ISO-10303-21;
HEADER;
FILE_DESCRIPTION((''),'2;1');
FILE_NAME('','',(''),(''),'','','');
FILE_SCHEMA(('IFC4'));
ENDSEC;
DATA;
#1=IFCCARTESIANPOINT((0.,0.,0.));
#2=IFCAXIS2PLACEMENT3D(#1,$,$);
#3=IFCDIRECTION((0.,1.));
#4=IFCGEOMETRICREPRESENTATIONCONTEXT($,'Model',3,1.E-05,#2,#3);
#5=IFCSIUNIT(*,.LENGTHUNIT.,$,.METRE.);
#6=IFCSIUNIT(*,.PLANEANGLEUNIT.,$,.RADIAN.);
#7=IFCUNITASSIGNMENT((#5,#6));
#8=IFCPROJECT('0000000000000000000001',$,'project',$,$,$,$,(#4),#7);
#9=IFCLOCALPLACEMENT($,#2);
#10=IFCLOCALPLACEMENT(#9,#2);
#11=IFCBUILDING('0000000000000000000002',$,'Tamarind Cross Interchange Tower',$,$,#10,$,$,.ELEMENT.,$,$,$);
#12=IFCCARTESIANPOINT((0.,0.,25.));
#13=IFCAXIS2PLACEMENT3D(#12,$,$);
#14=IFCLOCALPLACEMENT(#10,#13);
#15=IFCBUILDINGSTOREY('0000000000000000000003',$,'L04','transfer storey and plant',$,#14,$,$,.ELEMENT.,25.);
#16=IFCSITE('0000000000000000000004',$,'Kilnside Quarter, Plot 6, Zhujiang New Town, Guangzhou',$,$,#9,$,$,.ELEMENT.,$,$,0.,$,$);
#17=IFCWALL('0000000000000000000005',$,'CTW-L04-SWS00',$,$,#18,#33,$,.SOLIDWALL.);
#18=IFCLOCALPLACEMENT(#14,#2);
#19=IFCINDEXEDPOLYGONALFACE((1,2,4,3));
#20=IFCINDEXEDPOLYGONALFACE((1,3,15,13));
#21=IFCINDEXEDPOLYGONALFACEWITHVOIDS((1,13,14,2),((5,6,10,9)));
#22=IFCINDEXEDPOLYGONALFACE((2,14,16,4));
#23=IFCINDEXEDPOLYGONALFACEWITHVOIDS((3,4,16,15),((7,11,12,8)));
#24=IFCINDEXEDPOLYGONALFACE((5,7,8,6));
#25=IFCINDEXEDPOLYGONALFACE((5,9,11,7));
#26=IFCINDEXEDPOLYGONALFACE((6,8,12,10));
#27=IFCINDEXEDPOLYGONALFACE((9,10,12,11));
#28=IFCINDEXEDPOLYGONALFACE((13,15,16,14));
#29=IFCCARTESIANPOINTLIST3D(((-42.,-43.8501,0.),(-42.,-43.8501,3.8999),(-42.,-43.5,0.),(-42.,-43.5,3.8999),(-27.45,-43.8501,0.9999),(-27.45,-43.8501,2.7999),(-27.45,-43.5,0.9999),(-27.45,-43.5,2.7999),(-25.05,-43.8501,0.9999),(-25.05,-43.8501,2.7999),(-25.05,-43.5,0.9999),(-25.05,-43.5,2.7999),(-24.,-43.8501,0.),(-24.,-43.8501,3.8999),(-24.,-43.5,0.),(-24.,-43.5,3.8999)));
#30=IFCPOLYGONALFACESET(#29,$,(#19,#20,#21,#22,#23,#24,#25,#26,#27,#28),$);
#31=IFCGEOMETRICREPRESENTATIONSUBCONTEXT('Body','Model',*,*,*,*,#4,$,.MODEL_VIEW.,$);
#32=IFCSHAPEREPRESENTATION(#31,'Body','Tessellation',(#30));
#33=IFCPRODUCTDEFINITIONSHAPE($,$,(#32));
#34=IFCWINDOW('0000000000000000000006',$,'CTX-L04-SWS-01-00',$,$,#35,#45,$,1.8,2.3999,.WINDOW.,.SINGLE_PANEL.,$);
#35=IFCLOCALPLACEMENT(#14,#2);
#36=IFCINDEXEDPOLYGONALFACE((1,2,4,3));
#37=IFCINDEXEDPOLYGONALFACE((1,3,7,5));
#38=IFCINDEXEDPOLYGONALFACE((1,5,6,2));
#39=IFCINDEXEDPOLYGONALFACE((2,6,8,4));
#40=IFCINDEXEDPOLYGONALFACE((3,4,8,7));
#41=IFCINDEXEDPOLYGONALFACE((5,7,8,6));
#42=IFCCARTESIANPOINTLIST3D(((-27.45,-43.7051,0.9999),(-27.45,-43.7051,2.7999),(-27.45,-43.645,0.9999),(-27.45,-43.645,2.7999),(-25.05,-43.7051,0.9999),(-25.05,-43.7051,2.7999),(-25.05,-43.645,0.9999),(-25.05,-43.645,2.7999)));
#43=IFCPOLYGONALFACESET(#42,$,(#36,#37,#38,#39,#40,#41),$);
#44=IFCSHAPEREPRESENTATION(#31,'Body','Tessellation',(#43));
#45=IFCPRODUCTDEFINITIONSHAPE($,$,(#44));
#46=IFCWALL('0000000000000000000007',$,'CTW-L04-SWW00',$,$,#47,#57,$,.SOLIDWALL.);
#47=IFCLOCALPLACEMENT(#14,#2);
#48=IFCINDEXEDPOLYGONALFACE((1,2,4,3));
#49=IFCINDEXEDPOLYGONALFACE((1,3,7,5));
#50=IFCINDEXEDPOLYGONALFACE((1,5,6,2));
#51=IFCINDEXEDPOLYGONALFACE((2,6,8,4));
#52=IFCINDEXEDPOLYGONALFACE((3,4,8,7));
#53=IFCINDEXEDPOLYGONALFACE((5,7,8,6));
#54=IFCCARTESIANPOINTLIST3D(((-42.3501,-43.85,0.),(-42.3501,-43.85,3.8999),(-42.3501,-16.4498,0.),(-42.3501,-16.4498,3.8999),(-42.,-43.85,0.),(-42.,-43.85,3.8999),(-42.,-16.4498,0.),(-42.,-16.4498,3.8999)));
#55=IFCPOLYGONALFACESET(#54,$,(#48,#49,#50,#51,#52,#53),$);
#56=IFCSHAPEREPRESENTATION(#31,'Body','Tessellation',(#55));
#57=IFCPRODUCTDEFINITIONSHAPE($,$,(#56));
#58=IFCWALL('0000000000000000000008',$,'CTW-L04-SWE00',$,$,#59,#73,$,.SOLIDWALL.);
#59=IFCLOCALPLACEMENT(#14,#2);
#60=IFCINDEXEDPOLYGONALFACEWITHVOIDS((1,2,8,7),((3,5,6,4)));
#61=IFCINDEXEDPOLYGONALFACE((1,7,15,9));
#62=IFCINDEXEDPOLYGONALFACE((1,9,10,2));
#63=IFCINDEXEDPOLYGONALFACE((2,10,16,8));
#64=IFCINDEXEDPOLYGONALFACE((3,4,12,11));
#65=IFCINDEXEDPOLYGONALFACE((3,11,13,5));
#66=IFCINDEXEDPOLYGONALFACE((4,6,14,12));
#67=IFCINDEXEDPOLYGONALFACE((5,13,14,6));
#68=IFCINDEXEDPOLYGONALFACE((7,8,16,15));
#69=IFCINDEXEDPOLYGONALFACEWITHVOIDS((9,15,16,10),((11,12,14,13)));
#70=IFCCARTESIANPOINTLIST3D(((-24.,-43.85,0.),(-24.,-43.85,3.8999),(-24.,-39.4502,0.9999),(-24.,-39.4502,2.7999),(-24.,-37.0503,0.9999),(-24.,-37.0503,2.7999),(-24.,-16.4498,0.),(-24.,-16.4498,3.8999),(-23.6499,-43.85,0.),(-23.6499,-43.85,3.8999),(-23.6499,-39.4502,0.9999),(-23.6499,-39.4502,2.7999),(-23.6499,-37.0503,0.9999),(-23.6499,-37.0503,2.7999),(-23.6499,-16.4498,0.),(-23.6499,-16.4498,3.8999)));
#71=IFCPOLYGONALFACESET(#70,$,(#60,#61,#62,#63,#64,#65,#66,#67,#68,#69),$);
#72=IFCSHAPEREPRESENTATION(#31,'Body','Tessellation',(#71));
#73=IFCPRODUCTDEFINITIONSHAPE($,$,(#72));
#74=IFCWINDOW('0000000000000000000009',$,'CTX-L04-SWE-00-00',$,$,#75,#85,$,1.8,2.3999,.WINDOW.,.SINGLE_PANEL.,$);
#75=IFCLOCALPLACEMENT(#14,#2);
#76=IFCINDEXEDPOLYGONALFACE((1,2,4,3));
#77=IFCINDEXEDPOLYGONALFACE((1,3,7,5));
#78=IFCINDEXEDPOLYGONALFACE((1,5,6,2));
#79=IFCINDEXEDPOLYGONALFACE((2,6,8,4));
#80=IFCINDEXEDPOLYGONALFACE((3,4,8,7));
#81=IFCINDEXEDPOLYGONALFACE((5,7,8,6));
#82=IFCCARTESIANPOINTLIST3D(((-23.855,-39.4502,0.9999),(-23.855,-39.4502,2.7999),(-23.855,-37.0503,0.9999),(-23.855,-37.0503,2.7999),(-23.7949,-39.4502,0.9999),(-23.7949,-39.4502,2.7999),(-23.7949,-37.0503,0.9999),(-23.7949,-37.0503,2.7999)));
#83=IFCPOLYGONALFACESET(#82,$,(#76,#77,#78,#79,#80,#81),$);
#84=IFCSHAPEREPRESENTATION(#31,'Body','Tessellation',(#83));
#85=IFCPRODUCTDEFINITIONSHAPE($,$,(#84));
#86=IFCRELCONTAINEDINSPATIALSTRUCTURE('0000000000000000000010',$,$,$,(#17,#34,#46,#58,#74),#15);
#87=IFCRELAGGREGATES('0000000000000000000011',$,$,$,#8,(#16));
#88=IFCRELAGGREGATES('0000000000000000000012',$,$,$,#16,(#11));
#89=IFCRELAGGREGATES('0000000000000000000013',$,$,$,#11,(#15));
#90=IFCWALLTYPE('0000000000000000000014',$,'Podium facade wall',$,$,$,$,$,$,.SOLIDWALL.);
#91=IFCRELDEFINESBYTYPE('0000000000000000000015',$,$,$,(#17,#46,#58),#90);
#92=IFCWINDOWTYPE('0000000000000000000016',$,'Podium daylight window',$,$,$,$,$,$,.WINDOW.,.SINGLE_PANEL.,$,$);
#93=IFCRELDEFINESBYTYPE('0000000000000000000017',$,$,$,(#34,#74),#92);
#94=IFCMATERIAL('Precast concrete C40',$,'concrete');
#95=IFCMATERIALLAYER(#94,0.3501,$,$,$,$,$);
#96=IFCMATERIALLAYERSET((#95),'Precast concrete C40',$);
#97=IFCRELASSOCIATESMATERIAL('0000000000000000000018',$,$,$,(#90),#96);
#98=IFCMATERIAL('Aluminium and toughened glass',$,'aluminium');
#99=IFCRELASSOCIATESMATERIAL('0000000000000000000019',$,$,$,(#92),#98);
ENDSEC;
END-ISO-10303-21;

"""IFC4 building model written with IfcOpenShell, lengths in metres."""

from ifc_helpers import new_model, si_unit, direction, frame, frame_2d, origin, place, context, subcontext, project, spatial, rectangle, extrude, material, layer, layer_set, type_object, element, fill, save


model = new_model("IFC4")

# Units and contexts
model_context = context("Model", 3, precision=1e-05, world=origin(), true_north=direction((0.0, 1.0)))
body_context = subcontext(model_context, "Body", "Model", "MODEL_VIEW")
ifc_project = project(units=[si_unit("LENGTHUNIT", "METRE"), si_unit("PLANEANGLEUNIT", "RADIAN")], contexts=[model_context])

# Site, building, storey
site_placement = place(None, origin())
site = spatial("IfcSite", under=ifc_project, at=site_placement, Name="Kilnside Quarter, Plot 6, Zhujiang New Town, Guangzhou", CompositionType="ELEMENT", RefElevation=0.0)
building_placement = place(site_placement, origin())
building = spatial("IfcBuilding", under=site, at=building_placement, Name="Tamarind Cross Interchange Tower", CompositionType="ELEMENT")
storey_placement = place(building_placement, frame((0.0, 0.0, 25.0)))
storey = spatial("IfcBuildingStorey", under=building, at=storey_placement, Name="L04", Description="transfer storey and plant", CompositionType="ELEMENT", Elevation=25.0)

# Shared definitions
ifc_material_1 = material(Name="Precast concrete C40", Category="concrete")

# Wall, opening, window
ifc_layer_1 = layer(ifc_material_1, 0.3501)
ifc_layer_set_1 = layer_set([ifc_layer_1], Name="Precast concrete C40")
wall_type_1 = type_object("IfcWallType", Name="Podium facade wall", PredefinedType="SOLIDWALL", material=ifc_layer_set_1)
wall_1_placement = place(storey_placement, frame((-42.0, -43.675, 0.0), z_axis=(0.0, 0.0, 1.0), x_axis=(1.0, 0.0, 0.0)))
wall_1 = element("IfcWall", 1, at=wall_1_placement, inside=storey, type_object=wall_type_1, Name="CTW-L04-SWS00", PredefinedType="SOLIDWALL", context=body_context, shape_type="SweptSolid", body=[
    extrude(rectangle(XDim=18.0, YDim=0.3501, at=frame_2d((9.0, 0.0))), origin(), (0.0, 0.0, 1.0), 3.8999),
])
opening_1_placement = place(wall_1_placement, frame((14.55, 0.0, 1.0)))
opening_1 = element("IfcOpeningElement", 2, at=opening_1_placement, cuts=wall_1, PredefinedType="OPENING", context=body_context, shape_type="SweptSolid", body=[
    extrude(rectangle(XDim=2.3999, YDim=1.8, at=frame_2d((1.2, 0.8999))), frame((0.0, 0.1851, 0.0), z_axis=(0.0, -1.0, 0.0), x_axis=(1.0, 0.0, 0.0)), (0.0, 0.0, 1.0), 0.3701),
])
ifc_material_2 = material(Name="Aluminium and toughened glass", Category="aluminium")
window_type_1 = type_object("IfcWindowType", Name="Podium daylight window", PartitioningType="SINGLE_PANEL", PredefinedType="WINDOW", material=ifc_material_2)
window_1_placement = place(opening_1_placement, origin())
window_1 = element("IfcWindow", 3, at=window_1_placement, inside=storey, type_object=window_type_1, Name="CTX-L04-SWS-01-00", OverallHeight=1.8, OverallWidth=2.3999, PartitioningType="SINGLE_PANEL", PredefinedType="WINDOW", context=body_context, shape_type="SweptSolid", body=[
    extrude(rectangle(XDim=2.3999, YDim=1.8, at=frame_2d((1.2, 0.8999))), frame((0.0, 0.03, 0.0), z_axis=(0.0, -1.0, 0.0), x_axis=(1.0, 0.0, 0.0)), (0.0, 0.0, 1.0), 0.0601),
])
fill(opening_1, window_1)

# Wall
wall_2_placement = place(storey_placement, frame((-42.175, -43.8501, 0.0), z_axis=(0.0, 0.0, 1.0), x_axis=(0.0, 1.0, 0.0)))
element("IfcWall", 4, at=wall_2_placement, inside=storey, type_object=wall_type_1, Name="CTW-L04-SWW00", PredefinedType="SOLIDWALL", context=body_context, shape_type="SweptSolid", body=[
    extrude(rectangle(XDim=27.4001, YDim=0.3501, at=frame_2d((13.7002, 0.0))), origin(), (0.0, 0.0, 1.0), 3.8999),
])

# Wall, opening, window
wall_3_placement = place(storey_placement, frame((-23.825, -43.8501, 0.0), z_axis=(0.0, 0.0, 1.0), x_axis=(0.0, 1.0, 0.0)))
wall_3 = element("IfcWall", 5, at=wall_3_placement, inside=storey, type_object=wall_type_1, Name="CTW-L04-SWE00", PredefinedType="SOLIDWALL", context=body_context, shape_type="SweptSolid", body=[
    extrude(rectangle(XDim=27.4001, YDim=0.3501, at=frame_2d((13.7002, 0.0))), origin(), (0.0, 0.0, 1.0), 3.8999),
])
opening_2_placement = place(wall_3_placement, frame((4.3999, 0.0, 1.0)))
opening_2 = element("IfcOpeningElement", 6, at=opening_2_placement, cuts=wall_3, PredefinedType="OPENING", context=body_context, shape_type="SweptSolid", body=[
    extrude(rectangle(XDim=2.3999, YDim=1.8, at=frame_2d((1.2, 0.8999))), frame((0.0, 0.1851, 0.0), z_axis=(0.0, -1.0, 0.0), x_axis=(1.0, 0.0, 0.0)), (0.0, 0.0, 1.0), 0.3701),
])
window_2_placement = place(opening_2_placement, origin())
window_2 = element("IfcWindow", 7, at=window_2_placement, inside=storey, type_object=window_type_1, Name="CTX-L04-SWE-00-00", OverallHeight=1.8, OverallWidth=2.3999, PartitioningType="SINGLE_PANEL", PredefinedType="WINDOW", context=body_context, shape_type="SweptSolid", body=[
    extrude(rectangle(XDim=2.3999, YDim=1.8, at=frame_2d((1.2, 0.8999))), frame((0.0, 0.03, 0.0), z_axis=(0.0, -1.0, 0.0), x_axis=(1.0, 0.0, 0.0)), (0.0, 0.0, 1.0), 0.0601),
])
fill(opening_2, window_2)

save(model, "model.ifc")
